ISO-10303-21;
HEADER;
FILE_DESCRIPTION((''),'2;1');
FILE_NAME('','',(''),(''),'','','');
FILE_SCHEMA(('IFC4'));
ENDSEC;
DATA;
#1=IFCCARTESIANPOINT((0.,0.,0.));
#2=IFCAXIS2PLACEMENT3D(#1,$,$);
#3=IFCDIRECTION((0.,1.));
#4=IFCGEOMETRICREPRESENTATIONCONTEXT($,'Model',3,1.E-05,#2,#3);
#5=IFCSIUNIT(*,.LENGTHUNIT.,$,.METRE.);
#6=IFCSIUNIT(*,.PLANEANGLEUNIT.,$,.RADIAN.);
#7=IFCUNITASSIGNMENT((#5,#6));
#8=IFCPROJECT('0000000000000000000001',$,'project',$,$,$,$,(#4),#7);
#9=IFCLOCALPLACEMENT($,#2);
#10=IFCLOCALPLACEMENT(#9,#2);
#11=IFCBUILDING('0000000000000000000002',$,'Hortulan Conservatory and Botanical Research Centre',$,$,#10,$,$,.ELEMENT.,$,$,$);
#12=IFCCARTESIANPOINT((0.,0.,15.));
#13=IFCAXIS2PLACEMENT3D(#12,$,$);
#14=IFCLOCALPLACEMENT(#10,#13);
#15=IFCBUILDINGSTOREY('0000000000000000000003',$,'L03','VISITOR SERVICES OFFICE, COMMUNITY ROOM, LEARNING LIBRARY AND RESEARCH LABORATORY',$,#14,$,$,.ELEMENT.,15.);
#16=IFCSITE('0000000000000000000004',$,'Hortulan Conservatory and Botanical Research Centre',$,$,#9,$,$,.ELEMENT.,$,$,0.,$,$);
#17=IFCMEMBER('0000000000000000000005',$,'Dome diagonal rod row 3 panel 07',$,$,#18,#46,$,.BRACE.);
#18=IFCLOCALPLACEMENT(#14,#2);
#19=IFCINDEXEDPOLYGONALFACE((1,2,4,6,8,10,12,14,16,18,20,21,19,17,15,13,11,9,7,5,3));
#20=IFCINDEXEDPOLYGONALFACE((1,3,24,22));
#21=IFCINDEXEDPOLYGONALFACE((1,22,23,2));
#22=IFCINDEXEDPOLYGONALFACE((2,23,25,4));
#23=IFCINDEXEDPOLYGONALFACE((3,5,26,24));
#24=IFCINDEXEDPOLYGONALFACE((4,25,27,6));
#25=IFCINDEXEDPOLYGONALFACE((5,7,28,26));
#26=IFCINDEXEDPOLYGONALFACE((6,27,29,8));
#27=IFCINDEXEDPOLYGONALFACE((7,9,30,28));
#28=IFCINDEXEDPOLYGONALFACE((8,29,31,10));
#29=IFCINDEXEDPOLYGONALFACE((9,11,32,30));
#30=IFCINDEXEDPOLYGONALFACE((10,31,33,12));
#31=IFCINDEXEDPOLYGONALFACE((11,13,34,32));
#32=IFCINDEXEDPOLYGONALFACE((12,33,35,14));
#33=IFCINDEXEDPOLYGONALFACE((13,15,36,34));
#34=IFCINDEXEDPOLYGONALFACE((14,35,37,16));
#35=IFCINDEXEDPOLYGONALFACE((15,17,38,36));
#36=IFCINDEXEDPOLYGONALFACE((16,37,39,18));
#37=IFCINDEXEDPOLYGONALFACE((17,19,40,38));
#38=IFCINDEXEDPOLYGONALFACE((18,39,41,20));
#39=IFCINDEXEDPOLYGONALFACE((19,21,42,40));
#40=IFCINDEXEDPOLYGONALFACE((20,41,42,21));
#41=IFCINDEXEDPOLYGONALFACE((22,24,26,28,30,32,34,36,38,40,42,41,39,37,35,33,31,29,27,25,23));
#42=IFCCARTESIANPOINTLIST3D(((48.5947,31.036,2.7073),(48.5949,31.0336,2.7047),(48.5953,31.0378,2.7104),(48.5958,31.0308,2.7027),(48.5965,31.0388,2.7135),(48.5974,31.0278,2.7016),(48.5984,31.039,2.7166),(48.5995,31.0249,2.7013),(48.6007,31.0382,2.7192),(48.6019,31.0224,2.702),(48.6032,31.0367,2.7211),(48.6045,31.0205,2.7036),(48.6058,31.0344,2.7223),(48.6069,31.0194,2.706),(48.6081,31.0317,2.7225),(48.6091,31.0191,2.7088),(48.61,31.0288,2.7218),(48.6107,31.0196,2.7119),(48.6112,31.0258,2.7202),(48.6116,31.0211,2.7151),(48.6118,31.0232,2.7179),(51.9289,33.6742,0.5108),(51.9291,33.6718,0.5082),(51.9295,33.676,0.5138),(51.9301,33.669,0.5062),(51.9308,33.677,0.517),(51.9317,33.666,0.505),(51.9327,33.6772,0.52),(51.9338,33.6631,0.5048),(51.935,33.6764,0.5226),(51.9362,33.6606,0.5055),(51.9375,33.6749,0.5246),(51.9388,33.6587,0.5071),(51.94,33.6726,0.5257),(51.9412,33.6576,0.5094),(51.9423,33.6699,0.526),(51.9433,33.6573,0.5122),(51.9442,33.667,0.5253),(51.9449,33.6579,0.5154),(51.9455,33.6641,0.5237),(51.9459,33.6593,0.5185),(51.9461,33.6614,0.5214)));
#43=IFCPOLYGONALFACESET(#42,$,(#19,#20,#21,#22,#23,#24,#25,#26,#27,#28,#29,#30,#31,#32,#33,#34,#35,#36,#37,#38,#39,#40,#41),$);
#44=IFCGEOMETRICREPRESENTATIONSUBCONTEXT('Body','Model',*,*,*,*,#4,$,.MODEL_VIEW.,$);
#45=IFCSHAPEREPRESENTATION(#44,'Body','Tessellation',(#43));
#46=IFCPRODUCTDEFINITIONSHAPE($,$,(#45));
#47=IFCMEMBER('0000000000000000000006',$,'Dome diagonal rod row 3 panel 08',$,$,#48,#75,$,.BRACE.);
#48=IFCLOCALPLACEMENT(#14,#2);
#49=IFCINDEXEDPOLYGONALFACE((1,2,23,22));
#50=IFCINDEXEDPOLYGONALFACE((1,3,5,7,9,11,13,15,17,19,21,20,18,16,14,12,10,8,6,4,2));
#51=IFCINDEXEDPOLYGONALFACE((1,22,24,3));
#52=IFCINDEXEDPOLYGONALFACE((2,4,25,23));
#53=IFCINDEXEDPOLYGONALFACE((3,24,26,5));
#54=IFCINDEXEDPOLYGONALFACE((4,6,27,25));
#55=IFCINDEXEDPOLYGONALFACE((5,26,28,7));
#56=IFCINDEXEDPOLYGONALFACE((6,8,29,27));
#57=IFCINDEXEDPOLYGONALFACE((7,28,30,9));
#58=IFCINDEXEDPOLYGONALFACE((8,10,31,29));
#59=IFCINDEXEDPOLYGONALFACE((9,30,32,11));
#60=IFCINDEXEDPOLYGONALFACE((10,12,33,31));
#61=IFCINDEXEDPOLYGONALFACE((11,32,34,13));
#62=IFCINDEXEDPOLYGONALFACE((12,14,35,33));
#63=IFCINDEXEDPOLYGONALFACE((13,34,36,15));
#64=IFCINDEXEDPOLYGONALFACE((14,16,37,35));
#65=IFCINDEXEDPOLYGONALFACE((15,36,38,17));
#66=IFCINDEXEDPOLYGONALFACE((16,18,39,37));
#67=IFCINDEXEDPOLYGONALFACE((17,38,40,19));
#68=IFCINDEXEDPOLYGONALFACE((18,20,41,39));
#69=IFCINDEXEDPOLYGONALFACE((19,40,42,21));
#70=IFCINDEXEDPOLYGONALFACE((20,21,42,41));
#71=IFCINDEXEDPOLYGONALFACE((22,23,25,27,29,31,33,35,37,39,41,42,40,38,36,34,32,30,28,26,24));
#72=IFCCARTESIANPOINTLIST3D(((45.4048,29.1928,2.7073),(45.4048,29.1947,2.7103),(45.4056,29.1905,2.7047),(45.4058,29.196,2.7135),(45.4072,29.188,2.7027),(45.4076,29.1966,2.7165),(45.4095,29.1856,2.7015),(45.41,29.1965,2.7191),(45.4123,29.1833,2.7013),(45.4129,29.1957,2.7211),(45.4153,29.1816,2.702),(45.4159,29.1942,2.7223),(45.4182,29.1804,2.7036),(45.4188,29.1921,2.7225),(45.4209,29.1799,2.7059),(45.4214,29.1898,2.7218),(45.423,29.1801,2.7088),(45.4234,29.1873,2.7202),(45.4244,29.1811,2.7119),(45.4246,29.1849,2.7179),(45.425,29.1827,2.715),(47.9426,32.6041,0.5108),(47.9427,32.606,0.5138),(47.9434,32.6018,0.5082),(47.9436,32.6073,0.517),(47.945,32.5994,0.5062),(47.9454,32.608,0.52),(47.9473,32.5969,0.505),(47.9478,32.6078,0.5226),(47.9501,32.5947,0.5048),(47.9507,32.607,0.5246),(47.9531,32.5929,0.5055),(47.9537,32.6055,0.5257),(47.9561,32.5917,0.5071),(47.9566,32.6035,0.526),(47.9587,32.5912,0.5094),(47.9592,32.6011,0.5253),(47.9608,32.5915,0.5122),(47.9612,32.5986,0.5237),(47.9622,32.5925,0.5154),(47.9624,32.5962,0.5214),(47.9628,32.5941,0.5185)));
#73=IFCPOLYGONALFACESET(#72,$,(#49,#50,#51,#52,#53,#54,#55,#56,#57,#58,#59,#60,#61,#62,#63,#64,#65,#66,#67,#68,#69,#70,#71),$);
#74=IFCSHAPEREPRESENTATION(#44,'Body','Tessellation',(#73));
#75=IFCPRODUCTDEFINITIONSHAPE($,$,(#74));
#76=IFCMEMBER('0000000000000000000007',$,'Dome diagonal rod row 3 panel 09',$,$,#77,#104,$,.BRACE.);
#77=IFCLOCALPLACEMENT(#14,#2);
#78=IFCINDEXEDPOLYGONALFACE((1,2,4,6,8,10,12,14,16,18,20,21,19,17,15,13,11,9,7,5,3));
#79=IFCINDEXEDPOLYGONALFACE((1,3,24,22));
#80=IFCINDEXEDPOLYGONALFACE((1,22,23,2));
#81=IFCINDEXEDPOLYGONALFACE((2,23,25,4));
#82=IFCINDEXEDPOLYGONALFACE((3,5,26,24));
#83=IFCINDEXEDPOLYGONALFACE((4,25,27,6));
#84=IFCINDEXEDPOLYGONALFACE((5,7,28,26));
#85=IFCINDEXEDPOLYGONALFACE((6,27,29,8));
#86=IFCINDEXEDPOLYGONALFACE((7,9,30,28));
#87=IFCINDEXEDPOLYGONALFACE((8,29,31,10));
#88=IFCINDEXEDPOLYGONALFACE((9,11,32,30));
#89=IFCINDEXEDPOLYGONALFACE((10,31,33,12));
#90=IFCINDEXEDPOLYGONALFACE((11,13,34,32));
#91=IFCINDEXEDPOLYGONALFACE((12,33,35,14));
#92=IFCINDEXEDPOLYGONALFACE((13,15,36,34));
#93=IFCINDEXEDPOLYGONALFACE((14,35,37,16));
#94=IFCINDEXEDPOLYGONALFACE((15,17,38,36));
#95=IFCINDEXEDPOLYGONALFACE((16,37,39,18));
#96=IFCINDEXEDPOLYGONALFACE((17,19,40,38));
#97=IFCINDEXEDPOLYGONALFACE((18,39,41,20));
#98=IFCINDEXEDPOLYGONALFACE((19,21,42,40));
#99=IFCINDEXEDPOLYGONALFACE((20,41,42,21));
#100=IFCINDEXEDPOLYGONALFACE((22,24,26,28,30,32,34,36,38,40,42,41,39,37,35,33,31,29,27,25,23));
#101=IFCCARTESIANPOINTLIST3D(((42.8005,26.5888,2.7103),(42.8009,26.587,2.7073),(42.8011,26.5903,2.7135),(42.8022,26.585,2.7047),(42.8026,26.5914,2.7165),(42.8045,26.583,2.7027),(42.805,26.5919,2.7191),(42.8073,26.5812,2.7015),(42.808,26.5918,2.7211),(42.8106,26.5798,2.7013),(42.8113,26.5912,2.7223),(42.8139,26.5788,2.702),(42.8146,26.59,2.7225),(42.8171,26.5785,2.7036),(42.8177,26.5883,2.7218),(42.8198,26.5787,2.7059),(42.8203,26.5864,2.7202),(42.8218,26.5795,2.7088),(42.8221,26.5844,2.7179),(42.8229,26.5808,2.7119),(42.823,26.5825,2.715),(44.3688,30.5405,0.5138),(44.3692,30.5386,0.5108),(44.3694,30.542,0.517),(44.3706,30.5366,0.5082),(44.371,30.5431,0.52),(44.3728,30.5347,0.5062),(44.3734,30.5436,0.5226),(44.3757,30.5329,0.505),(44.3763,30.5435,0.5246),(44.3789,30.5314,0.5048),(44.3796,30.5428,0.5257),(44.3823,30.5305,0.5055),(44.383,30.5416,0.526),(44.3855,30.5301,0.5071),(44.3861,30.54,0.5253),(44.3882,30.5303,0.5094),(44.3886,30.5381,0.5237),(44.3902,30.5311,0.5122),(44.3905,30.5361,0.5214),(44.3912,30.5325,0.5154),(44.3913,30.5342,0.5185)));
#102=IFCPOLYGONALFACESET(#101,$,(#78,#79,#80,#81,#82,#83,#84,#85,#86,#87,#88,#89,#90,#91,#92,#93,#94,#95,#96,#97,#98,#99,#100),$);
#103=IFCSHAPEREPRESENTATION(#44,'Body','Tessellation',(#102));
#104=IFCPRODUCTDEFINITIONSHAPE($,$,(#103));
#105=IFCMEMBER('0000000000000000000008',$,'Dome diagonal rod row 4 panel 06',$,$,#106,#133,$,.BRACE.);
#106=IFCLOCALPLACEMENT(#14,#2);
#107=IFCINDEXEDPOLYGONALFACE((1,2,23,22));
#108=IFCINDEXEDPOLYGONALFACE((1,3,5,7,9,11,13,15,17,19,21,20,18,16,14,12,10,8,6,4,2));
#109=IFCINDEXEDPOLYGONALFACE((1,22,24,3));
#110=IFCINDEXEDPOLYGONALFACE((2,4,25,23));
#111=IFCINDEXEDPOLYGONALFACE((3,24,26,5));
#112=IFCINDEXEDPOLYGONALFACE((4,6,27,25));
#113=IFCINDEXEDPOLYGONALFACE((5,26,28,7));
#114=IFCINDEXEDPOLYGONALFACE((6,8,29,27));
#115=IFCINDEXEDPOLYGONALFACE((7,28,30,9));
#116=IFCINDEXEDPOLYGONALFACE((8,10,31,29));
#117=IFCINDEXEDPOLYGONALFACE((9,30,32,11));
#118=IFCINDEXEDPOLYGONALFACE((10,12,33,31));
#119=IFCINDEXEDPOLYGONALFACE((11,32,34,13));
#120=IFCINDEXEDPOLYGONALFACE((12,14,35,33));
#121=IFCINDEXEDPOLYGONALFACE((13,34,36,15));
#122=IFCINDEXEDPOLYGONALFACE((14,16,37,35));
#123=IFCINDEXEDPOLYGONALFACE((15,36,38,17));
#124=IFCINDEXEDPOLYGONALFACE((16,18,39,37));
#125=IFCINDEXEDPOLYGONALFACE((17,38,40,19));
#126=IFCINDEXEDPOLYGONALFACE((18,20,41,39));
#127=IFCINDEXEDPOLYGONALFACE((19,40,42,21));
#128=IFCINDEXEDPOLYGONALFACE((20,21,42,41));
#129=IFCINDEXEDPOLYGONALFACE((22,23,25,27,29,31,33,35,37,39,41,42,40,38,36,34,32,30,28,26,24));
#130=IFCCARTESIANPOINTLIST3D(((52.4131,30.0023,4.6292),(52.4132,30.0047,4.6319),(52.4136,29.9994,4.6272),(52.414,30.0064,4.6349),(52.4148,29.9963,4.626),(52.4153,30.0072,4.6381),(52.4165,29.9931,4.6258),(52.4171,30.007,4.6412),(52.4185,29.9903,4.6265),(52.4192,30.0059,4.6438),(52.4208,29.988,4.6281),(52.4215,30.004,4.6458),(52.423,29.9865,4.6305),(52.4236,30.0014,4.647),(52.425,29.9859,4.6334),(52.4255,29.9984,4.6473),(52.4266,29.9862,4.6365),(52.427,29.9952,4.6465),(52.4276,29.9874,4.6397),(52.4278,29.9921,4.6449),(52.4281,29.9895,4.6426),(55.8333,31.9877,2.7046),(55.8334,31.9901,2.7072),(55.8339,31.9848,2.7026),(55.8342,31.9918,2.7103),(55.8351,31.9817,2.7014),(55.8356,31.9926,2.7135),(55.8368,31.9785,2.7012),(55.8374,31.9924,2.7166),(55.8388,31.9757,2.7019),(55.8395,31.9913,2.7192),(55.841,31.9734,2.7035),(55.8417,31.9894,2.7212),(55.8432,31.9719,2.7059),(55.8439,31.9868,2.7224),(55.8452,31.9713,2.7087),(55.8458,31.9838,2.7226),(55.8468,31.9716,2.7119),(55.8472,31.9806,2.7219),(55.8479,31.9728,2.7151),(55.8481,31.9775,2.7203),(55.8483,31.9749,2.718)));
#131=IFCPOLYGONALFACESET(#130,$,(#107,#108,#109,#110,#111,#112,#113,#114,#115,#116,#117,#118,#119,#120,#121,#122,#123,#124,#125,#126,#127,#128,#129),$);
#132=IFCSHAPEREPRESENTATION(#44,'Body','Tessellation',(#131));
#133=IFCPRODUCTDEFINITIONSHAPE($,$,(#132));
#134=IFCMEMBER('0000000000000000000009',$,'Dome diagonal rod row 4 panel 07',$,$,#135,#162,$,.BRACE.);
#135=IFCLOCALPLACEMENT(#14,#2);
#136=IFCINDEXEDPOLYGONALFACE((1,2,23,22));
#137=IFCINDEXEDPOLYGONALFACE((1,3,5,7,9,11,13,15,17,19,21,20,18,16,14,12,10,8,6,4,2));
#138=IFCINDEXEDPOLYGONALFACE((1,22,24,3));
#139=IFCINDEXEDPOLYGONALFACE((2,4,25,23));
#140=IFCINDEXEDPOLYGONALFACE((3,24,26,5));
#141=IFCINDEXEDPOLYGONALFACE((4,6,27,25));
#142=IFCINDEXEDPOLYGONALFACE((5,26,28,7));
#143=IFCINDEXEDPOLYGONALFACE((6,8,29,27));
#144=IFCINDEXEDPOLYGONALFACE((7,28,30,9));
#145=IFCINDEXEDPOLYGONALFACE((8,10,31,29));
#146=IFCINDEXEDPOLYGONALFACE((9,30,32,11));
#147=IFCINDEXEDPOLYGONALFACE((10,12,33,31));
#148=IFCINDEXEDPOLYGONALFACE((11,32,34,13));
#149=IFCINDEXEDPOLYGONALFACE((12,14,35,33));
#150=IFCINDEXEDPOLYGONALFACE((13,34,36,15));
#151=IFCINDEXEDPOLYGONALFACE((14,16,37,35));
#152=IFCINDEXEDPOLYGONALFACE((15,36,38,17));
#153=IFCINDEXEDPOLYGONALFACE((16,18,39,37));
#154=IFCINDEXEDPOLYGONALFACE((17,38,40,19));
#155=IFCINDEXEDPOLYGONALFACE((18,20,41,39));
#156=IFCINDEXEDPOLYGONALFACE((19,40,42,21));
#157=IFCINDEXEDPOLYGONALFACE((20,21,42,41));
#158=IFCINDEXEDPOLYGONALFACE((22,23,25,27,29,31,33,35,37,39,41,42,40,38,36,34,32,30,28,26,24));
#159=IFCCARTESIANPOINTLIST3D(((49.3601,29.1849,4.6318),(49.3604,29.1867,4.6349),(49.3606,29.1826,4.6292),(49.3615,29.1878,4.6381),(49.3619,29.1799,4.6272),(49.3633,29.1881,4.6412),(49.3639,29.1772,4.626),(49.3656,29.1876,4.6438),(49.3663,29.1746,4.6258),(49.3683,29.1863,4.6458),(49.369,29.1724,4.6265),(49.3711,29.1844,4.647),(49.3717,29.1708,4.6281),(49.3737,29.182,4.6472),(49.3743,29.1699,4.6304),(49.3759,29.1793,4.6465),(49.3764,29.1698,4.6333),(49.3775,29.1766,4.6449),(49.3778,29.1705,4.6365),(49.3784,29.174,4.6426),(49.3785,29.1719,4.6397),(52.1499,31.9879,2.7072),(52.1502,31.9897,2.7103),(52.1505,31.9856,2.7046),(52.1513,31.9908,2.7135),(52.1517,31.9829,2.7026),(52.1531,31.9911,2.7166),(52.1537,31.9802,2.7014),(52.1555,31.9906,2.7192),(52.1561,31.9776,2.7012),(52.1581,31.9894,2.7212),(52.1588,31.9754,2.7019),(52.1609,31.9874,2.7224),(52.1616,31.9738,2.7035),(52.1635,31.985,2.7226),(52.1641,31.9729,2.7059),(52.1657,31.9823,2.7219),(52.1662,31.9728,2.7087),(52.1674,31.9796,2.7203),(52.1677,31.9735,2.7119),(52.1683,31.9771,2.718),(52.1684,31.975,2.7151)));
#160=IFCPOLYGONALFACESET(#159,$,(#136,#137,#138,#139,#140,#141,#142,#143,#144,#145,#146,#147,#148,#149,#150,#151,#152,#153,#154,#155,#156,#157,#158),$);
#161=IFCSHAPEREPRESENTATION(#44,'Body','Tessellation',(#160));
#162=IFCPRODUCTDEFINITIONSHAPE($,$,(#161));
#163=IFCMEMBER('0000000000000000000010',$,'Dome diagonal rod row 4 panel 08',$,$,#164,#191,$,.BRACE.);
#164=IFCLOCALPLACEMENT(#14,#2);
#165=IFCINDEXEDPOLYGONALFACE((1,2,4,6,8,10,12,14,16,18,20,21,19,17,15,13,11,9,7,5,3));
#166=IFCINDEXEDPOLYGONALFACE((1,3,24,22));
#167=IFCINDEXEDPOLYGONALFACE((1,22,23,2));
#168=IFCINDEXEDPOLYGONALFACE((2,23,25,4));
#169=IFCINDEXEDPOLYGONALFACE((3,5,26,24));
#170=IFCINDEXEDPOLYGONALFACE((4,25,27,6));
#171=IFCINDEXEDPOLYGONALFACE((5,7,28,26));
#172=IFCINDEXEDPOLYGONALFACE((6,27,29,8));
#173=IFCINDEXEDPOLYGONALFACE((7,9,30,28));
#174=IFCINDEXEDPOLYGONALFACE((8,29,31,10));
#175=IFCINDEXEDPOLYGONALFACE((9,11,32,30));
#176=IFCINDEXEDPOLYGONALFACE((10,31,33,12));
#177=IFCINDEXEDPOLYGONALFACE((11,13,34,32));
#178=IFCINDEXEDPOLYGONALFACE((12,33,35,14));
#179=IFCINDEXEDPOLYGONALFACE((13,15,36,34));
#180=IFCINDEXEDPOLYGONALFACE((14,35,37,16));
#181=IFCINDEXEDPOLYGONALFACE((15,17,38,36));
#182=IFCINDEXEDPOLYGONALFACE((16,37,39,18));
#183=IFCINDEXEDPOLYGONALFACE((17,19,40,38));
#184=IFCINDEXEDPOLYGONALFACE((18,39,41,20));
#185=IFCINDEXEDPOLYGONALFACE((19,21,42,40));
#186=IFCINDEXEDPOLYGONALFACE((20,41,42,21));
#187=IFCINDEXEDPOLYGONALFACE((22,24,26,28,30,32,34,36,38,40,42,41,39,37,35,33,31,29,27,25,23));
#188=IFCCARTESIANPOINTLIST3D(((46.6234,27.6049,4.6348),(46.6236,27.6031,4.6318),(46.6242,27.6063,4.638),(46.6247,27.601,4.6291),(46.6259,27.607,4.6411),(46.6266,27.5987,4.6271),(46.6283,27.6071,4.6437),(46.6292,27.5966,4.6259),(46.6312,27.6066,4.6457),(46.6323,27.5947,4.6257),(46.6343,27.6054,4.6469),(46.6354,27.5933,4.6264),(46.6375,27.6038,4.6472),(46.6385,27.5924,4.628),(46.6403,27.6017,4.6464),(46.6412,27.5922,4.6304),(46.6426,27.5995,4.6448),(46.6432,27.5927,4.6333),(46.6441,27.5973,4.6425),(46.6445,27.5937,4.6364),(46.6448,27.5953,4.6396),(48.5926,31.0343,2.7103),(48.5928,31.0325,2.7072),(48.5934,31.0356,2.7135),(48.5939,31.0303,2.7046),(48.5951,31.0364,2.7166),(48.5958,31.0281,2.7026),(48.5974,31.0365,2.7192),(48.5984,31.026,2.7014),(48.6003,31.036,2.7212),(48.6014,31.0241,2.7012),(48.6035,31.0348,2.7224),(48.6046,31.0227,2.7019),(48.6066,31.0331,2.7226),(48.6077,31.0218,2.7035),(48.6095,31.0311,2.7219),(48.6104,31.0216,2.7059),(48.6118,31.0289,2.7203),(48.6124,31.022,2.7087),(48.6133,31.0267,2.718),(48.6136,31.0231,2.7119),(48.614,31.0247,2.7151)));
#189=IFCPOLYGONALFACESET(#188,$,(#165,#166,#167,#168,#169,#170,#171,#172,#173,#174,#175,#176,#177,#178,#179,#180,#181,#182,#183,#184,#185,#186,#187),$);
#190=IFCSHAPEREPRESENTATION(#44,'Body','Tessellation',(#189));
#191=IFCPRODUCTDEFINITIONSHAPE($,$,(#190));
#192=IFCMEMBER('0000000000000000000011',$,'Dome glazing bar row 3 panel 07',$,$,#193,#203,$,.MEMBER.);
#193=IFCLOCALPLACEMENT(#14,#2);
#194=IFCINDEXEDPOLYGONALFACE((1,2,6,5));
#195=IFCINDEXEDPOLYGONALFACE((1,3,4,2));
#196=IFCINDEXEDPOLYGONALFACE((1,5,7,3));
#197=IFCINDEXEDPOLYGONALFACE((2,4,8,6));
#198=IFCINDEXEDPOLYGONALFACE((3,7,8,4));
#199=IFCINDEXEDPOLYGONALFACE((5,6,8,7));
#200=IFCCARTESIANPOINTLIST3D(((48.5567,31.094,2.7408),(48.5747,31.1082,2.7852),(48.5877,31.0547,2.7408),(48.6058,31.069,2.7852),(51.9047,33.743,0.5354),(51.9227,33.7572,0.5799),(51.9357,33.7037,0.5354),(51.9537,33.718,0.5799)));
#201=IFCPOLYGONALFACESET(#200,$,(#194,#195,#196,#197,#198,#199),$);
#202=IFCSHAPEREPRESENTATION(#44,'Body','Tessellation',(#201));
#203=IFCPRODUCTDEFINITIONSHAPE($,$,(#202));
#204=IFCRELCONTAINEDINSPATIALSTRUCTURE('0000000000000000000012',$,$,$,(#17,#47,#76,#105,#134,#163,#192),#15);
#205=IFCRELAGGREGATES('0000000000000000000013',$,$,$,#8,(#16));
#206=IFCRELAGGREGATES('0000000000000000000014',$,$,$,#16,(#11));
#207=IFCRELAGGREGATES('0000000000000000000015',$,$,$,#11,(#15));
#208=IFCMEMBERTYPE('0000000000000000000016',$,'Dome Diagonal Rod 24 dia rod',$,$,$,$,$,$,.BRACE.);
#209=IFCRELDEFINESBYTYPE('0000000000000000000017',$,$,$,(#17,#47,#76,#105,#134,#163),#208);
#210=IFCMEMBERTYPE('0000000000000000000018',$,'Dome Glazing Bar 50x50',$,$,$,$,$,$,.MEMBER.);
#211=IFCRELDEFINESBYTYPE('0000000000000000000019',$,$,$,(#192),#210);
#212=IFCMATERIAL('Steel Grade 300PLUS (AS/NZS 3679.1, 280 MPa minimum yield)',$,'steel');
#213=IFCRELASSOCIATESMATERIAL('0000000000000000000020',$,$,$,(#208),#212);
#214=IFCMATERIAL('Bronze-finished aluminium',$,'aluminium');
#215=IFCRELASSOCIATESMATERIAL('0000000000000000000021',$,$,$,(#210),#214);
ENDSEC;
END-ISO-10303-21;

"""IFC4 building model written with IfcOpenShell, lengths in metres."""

from ifc_helpers import new_model, si_unit, direction, frame, origin, origin_2d, place, context, subcontext, project, spatial, rectangle, circle, extrude, material, material_profile, profile_set, type_object, element, save


model = new_model("IFC4")

# Units and contexts
model_context = context("Model", 3, precision=1e-05, world=origin(), true_north=direction((0.0, 1.0)))
body_context = subcontext(model_context, "Body", "Model", "MODEL_VIEW")
ifc_project = project(units=[si_unit("LENGTHUNIT", "METRE"), si_unit("PLANEANGLEUNIT", "RADIAN")], contexts=[model_context])

# Site, building, storey
site_placement = place(None, origin())
site = spatial("IfcSite", under=ifc_project, at=site_placement, Name="Hortulan Conservatory and Botanical Research Centre", CompositionType="ELEMENT", RefElevation=0.0)
building_placement = place(site_placement, origin())
building = spatial("IfcBuilding", under=site, at=building_placement, Name="Hortulan Conservatory and Botanical Research Centre", CompositionType="ELEMENT")
storey_placement = place(building_placement, frame((0.0, 0.0, 15.0)))
storey = spatial("IfcBuildingStorey", under=building, at=storey_placement, Name="L03", Description="VISITOR SERVICES OFFICE, COMMUNITY ROOM, LEARNING LIBRARY AND RESEARCH LABORATORY", CompositionType="ELEMENT", Elevation=15.0)

# Members
ifc_material_1 = material(Name="Steel Grade 300PLUS (AS/NZS 3679.1, 280 MPa minimum yield)", Category="steel")
ifc_material_profile_1 = material_profile(ifc_material_1, circle(Radius=0.012, at=origin_2d()), Name="24 dia rod")
ifc_profile_set_1 = profile_set([ifc_material_profile_1], Name="Steel Grade 300PLUS (AS/NZS 3679.1, 280 MPa minimum yield)")
member_type_1 = type_object("IfcMemberType", Name="Dome Diagonal Rod 24 dia rod", PredefinedType="BRACE", material=ifc_profile_set_1)
for number, where, z_axis, x_axis, name in (
    (1, (51.9375, 33.6672, 0.5154), (-0.696723, -0.551277, 0.458989), (0.620498, -0.784208, 0.0), "Dome diagonal rod row 3 panel 07"),
    (2, (47.9526, 32.5996, 0.5154), (-0.530297, -0.712828, 0.458979), (0.80233, -0.596881, 0.0), "Dome diagonal rod row 3 panel 08"),
):
    element("IfcMember", number, at=place(storey_placement, frame(where, z_axis=z_axis, x_axis=x_axis)), inside=storey, type_object=member_type_1, Name=name, PredefinedType="BRACE", context=body_context, shape_type="SweptSolid", body=[
        extrude(circle(Radius=0.012, at=origin_2d()), origin(), (0.0, 0.0, 1.0), 4.7856),
    ])
member_1_placement = place(storey_placement, frame((44.3801, 30.5369, 0.5154), z_axis=(-0.327738, -0.825773, 0.459006), x_axis=(0.929471, -0.368894, 0.0)))
element("IfcMember", 3, at=member_1_placement, inside=storey, type_object=member_type_1, Name="Dome diagonal rod row 3 panel 09", PredefinedType="BRACE", context=body_context, shape_type="SweptSolid", body=[
    extrude(circle(Radius=0.012, at=origin_2d()), origin(), (0.0, 0.0, 1.0), 4.7854),
])
for number, where, z_axis, x_axis, name in (
    (4, (55.8408, 31.9819, 2.7119), (-0.77765, -0.451413, 0.437591), (0.502031, -0.864849, 0.0), "Dome diagonal rod row 4 panel 06"),
    (5, (52.1592, 31.9819, 2.7119), (-0.634313, -0.637311, 0.437586), (0.708772, -0.705438, 0.0), "Dome diagonal rod row 4 panel 07"),
):
    element("IfcMember", number, at=place(storey_placement, frame(where, z_axis=z_axis, x_axis=x_axis)), inside=storey, type_object=member_type_1, Name=name, PredefinedType="BRACE", context=body_context, shape_type="SweptSolid", body=[
        extrude(circle(Radius=0.012, at=origin_2d()), origin(), (0.0, 0.0, 1.0), 4.3982),
    ])
member_2_placement = place(storey_placement, frame((48.6033, 31.0291, 2.7119), z_axis=(-0.447752, -0.779763, 0.437593), x_axis=(0.8672, -0.49796, 0.0)))
element("IfcMember", 6, at=member_2_placement, inside=storey, type_object=member_type_1, Name="Dome diagonal rod row 4 panel 08", PredefinedType="BRACE", context=body_context, shape_type="SweptSolid", body=[
    extrude(circle(Radius=0.012, at=origin_2d()), origin(), (0.0, 0.0, 1.0), 4.3979),
])
ifc_material_2 = material(Name="Bronze-finished aluminium", Category="aluminium")
ifc_material_profile_2 = material_profile(ifc_material_2, rectangle(XDim=0.05, YDim=0.05, at=origin_2d()), Name="Square bar 50x50")
ifc_profile_set_2 = profile_set([ifc_material_profile_2], Name="Bronze-finished aluminium")
member_type_2 = type_object("IfcMemberType", Name="Dome Glazing Bar 50x50", PredefinedType="MEMBER", material=ifc_profile_set_2)
member_3_placement = place(storey_placement, frame((51.9292, 33.7305, 0.5576), z_axis=(-0.696743, -0.551277, 0.458957), x_axis=(0.620488, -0.784216, 0.0)))
element("IfcMember", 7, at=member_3_placement, inside=storey, type_object=member_type_2, Name="Dome glazing bar row 3 panel 07", PredefinedType="MEMBER", context=body_context, shape_type="SweptSolid", body=[
    extrude(rectangle(XDim=0.05, YDim=0.05, at=origin_2d()), origin(), (0.0, 0.0, 1.0), 4.8052),
])

save(model, "model.ifc")
